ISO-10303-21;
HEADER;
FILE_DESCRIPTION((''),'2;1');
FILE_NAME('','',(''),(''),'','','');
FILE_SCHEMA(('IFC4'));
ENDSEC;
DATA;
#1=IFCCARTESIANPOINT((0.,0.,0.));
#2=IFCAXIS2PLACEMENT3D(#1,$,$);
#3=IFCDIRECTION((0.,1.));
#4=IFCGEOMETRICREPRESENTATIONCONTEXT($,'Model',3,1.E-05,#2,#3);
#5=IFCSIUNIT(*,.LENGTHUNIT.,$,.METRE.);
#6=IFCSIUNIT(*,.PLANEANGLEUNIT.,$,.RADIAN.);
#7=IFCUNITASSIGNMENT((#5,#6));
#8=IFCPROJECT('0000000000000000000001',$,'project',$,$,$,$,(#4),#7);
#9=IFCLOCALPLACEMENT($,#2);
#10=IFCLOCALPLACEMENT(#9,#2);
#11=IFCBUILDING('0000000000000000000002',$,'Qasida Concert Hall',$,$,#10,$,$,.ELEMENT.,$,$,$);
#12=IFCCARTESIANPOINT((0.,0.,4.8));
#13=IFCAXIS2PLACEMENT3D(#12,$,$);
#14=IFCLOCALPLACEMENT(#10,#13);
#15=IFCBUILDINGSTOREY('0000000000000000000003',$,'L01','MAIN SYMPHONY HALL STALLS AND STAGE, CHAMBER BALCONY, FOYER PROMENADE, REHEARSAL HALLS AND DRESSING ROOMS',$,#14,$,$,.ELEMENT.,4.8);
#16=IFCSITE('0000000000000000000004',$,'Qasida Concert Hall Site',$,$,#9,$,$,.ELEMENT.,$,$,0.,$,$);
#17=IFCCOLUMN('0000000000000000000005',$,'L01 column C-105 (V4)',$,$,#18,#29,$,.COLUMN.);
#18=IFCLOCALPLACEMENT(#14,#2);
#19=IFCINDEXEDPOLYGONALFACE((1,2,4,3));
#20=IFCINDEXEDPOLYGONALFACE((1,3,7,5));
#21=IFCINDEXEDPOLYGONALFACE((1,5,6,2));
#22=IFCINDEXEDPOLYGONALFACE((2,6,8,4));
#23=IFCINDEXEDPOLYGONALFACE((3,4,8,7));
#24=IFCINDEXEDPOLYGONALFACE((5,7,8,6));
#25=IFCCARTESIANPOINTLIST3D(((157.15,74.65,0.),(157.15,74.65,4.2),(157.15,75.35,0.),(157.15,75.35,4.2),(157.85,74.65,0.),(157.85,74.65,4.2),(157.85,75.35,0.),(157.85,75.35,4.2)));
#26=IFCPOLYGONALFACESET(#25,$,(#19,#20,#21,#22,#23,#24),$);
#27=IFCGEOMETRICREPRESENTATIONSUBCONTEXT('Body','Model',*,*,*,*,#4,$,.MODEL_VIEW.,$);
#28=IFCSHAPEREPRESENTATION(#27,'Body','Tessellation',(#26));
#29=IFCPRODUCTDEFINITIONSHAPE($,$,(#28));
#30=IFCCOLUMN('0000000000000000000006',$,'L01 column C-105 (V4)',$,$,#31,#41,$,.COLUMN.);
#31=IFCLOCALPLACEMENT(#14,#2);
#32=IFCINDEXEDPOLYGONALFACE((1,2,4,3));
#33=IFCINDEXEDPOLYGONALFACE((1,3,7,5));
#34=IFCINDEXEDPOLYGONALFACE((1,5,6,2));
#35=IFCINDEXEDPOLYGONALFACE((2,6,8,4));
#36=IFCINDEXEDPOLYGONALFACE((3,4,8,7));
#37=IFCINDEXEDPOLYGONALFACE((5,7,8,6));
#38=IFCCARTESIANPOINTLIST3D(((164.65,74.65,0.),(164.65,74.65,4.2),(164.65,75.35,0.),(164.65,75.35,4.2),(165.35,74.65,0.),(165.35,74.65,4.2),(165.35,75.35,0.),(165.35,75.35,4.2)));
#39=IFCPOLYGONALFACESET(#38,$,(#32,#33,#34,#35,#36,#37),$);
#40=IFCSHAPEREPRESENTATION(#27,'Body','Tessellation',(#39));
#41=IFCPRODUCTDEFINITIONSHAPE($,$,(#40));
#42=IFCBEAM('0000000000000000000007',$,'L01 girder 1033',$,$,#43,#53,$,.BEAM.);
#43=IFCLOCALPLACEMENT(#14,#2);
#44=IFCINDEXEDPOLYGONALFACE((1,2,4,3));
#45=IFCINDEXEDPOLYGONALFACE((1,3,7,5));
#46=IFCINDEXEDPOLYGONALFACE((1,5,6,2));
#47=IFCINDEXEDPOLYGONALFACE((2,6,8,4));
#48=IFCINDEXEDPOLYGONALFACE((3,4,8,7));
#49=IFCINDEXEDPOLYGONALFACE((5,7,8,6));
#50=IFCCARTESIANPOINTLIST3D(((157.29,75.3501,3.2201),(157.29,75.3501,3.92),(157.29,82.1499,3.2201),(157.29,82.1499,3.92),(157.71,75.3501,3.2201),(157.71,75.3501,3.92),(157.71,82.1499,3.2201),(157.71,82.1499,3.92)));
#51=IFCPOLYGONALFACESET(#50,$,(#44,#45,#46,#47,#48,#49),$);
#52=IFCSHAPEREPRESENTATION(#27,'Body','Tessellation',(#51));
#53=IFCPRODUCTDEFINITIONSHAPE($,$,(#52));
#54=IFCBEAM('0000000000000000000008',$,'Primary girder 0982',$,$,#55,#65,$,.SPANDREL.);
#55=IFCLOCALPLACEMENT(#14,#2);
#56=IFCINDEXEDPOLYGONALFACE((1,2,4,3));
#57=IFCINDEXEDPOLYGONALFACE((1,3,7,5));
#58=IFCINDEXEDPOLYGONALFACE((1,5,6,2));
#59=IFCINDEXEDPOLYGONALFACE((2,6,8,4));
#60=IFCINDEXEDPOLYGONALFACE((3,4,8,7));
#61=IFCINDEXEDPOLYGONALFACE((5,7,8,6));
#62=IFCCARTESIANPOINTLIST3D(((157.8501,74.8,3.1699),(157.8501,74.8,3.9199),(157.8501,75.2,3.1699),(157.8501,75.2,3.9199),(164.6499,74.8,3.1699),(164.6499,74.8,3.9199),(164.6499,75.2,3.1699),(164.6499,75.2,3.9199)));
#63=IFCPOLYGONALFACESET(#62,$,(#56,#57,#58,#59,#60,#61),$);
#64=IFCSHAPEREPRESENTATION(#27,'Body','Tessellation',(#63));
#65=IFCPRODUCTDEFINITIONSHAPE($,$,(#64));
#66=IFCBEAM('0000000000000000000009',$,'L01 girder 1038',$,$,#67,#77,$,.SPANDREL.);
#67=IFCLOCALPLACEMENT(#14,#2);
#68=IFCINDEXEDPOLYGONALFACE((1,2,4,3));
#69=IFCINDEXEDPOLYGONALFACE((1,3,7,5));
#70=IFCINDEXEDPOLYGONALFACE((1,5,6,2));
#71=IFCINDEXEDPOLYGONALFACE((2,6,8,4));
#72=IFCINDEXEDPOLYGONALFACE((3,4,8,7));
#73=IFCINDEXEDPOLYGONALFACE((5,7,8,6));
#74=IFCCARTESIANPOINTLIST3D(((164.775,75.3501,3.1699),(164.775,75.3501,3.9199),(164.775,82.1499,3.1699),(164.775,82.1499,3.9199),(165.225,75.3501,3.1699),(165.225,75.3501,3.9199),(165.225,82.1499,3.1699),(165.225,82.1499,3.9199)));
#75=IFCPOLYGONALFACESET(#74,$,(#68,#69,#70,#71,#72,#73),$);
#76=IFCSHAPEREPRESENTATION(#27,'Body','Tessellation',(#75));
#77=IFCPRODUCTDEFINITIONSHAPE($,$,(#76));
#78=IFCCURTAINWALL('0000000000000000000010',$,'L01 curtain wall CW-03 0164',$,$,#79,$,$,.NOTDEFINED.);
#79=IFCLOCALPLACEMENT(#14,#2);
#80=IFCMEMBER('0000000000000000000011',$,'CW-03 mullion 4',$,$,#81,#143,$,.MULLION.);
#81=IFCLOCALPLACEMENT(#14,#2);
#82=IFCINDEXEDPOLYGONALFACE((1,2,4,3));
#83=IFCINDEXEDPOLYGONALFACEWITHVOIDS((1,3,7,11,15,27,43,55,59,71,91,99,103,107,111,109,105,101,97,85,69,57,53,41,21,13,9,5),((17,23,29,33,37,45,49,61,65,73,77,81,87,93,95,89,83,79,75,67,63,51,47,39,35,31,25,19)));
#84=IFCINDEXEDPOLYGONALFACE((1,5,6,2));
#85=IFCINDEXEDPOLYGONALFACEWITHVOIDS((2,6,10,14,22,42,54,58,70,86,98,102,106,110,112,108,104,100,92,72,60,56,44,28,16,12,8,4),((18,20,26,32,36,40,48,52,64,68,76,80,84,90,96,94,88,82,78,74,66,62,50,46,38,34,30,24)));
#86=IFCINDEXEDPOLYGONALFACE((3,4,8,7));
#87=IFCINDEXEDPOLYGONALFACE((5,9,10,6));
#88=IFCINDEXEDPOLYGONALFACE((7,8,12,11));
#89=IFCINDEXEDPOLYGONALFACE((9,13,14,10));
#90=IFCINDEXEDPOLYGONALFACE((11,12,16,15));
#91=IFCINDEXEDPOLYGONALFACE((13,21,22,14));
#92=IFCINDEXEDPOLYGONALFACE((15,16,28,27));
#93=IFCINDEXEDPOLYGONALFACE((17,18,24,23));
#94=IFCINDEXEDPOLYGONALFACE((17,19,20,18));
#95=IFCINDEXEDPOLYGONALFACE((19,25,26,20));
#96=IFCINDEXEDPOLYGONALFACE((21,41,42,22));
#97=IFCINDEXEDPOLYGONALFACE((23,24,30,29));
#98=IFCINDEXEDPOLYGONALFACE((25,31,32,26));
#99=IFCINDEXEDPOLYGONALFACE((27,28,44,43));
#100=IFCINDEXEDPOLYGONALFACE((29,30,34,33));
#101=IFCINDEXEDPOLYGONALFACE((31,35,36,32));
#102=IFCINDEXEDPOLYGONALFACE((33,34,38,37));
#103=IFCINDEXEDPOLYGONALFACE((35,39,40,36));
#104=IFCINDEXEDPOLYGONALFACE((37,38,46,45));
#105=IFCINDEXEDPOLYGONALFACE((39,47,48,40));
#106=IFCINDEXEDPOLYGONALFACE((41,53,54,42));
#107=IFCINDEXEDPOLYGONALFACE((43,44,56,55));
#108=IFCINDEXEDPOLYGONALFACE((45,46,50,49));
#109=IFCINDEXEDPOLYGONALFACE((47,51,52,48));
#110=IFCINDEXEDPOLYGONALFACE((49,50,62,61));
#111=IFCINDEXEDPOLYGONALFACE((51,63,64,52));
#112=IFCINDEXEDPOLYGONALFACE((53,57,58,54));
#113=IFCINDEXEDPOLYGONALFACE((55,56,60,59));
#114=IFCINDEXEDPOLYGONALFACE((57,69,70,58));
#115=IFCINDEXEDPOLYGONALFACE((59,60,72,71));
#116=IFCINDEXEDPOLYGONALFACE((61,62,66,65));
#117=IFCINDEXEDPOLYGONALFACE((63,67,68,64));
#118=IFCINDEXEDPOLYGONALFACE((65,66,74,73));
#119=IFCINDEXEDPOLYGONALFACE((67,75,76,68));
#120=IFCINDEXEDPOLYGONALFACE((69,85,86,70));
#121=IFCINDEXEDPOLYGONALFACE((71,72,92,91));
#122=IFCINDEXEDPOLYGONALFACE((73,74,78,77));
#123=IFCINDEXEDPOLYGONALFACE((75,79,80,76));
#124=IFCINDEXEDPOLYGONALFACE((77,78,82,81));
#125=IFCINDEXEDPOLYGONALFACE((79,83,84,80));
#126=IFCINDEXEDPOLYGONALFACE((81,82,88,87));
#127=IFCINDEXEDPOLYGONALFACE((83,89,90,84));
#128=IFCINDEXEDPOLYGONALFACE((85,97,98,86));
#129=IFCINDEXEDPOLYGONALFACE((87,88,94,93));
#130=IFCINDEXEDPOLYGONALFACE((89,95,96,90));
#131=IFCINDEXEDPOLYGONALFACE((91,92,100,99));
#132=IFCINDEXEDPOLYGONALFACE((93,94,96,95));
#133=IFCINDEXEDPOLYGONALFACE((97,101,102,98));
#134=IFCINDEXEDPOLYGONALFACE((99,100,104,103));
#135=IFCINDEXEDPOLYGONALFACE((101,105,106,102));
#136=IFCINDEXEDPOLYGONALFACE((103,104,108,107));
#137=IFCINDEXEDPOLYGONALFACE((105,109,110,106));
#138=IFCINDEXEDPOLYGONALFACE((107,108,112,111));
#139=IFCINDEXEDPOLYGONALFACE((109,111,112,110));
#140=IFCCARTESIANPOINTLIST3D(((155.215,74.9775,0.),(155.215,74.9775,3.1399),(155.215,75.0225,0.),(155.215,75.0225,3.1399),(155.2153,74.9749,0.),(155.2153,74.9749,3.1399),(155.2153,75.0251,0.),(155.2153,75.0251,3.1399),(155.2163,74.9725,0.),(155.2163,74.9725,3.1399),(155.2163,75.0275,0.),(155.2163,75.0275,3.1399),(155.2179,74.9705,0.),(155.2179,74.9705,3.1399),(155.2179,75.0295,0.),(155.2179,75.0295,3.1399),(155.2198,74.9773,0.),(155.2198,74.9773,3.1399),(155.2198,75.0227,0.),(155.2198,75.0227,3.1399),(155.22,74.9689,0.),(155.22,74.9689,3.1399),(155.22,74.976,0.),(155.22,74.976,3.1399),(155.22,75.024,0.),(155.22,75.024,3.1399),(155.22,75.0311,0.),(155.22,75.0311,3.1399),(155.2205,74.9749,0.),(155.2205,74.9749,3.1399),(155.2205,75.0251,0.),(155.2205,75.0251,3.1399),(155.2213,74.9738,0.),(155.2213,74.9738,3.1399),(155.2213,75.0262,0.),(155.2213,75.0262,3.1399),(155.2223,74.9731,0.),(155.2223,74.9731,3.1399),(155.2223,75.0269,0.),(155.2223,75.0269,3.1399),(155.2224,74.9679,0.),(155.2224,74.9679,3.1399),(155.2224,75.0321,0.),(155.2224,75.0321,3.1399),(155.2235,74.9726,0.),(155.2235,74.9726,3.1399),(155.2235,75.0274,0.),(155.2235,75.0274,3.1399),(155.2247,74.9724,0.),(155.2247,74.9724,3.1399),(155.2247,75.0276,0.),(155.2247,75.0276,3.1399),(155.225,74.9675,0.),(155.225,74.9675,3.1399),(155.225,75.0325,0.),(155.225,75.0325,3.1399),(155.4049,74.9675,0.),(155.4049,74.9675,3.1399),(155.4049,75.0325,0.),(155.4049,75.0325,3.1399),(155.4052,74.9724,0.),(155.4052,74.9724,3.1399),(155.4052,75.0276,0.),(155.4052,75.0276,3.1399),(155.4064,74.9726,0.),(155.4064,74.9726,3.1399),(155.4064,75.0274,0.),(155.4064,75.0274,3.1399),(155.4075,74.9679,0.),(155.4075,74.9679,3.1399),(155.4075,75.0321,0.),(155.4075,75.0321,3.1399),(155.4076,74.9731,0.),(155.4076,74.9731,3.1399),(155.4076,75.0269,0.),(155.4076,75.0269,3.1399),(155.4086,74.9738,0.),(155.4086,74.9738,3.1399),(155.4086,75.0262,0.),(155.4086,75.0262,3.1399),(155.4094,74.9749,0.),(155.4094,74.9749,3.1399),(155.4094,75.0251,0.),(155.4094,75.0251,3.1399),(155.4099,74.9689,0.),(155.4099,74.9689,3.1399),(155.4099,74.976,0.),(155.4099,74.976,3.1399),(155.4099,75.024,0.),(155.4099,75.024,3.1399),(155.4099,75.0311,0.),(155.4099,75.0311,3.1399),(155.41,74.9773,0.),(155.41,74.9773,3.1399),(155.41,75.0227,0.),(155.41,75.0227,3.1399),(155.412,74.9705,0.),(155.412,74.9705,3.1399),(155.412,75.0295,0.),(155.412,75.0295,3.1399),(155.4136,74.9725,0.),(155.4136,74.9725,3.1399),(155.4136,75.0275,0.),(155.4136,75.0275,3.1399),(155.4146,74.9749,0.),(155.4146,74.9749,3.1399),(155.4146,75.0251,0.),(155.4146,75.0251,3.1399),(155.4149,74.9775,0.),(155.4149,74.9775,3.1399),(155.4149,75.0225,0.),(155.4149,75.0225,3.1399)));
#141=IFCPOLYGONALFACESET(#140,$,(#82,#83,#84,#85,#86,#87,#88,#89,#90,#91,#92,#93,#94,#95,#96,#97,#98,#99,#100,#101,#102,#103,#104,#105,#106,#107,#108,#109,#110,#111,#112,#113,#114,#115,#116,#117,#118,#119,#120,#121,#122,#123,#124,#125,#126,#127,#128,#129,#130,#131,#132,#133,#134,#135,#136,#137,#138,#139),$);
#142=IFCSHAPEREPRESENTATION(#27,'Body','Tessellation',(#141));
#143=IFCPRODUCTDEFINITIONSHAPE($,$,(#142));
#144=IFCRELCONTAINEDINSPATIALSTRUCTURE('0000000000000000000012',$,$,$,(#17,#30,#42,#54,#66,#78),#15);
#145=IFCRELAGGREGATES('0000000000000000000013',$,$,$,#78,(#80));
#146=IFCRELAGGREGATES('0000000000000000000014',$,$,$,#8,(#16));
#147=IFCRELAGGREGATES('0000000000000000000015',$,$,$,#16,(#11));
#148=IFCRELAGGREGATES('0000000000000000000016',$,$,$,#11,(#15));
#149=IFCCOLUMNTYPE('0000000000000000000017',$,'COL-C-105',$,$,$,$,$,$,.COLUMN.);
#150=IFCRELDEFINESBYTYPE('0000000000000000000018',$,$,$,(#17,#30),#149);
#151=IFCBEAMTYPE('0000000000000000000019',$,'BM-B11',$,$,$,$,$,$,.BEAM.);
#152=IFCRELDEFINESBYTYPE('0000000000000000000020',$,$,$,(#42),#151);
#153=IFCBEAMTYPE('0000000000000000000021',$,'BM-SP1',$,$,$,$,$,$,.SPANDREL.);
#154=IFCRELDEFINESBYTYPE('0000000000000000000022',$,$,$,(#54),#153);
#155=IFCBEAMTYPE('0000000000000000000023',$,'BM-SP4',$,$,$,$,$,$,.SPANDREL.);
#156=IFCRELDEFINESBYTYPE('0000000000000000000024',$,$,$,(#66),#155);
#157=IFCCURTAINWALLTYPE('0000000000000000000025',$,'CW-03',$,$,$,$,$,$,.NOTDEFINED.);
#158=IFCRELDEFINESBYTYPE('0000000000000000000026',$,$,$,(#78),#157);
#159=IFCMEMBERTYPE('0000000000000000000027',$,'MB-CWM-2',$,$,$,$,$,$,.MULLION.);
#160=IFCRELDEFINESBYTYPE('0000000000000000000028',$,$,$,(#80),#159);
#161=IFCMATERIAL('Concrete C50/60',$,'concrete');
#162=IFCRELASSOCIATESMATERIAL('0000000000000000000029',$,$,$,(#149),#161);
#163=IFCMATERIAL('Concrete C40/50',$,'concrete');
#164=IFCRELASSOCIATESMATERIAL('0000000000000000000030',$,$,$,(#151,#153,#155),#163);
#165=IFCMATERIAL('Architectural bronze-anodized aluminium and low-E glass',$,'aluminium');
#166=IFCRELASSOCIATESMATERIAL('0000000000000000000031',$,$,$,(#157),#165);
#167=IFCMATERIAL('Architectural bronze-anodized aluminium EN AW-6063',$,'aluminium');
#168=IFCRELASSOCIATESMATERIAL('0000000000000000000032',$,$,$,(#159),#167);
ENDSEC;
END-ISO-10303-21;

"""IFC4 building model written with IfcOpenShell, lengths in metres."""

from ifc_helpers import new_model, si_unit, direction, frame, origin, origin_2d, place, context, subcontext, project, spatial, rectangle, hollow_rectangle, extrude, material, material_profile, profile_set, type_object, element, aggregate, save


model = new_model("IFC4")

# Units and contexts
model_context = context("Model", 3, precision=1e-05, world=origin(), true_north=direction((0.0, 1.0)))
body_context = subcontext(model_context, "Body", "Model", "MODEL_VIEW")
ifc_project = project(units=[si_unit("LENGTHUNIT", "METRE"), si_unit("PLANEANGLEUNIT", "RADIAN")], contexts=[model_context])

# Site, building, storey
site_placement = place(None, origin())
site = spatial("IfcSite", under=ifc_project, at=site_placement, Name="Qasida Concert Hall Site", CompositionType="ELEMENT", RefElevation=0.0)
building_placement = place(site_placement, origin())
building = spatial("IfcBuilding", under=site, at=building_placement, Name="Qasida Concert Hall", CompositionType="ELEMENT")
storey_placement = place(building_placement, frame((0.0, 0.0, 4.8)))
storey = spatial("IfcBuildingStorey", under=building, at=storey_placement, Name="L01", Description="MAIN SYMPHONY HALL STALLS AND STAGE, CHAMBER BALCONY, FOYER PROMENADE, REHEARSAL HALLS AND DRESSING ROOMS", CompositionType="ELEMENT", Elevation=4.8)

# Columns
ifc_material_1 = material(Name="Concrete C50/60", Category="concrete")
ifc_material_profile_1 = material_profile(ifc_material_1, rectangle(XDim=0.7, YDim=0.7, at=origin_2d()), Name="RC 700x700")
ifc_profile_set_1 = profile_set([ifc_material_profile_1], Name="Concrete C50/60")
column_type = type_object("IfcColumnType", Name="COL-C-105", PredefinedType="COLUMN", material=ifc_profile_set_1)
for number, where, z_axis, x_axis, name in (
    (1, (157.5, 75.0, 0.0), (0.0, 0.0, 1.0), (1.0, 0.0, 0.0), "L01 column C-105 (V4)"),
    (2, (165.0, 75.0, 0.0), (0.0, 0.0, 1.0), (1.0, 0.0, 0.0), "L01 column C-105 (V4)"),
):
    element("IfcColumn", number, at=place(storey_placement, frame(where, z_axis=z_axis, x_axis=x_axis)), inside=storey, type_object=column_type, Name=name, PredefinedType="COLUMN", context=body_context, shape_type="SweptSolid", body=[
        extrude(rectangle(XDim=0.7, YDim=0.7, at=origin_2d()), origin(), (0.0, 0.0, 1.0), 4.2),
    ])

# Beams
ifc_material_2 = material(Name="Concrete C40/50", Category="concrete")
ifc_material_profile_2 = material_profile(ifc_material_2, rectangle(XDim=0.4199, YDim=0.7, at=origin_2d()), Name="RC 420x700")
ifc_profile_set_2 = profile_set([ifc_material_profile_2], Name="Concrete C40/50")
beam_type_1 = type_object("IfcBeamType", Name="BM-B11", PredefinedType="BEAM", material=ifc_profile_set_2)
beam_1_placement = place(storey_placement, frame((157.5, 75.3501, 3.5701), z_axis=(0.0, 1.0, 0.0), x_axis=(-1.0, 0.0, 0.0)))
element("IfcBeam", 3, at=beam_1_placement, inside=storey, type_object=beam_type_1, Name="L01 girder 1033", PredefinedType="BEAM", context=body_context, shape_type="SweptSolid", body=[
    extrude(rectangle(XDim=0.4199, YDim=0.7, at=origin_2d()), origin(), (0.0, 0.0, 1.0), 6.7998),
])
ifc_material_profile_3 = material_profile(ifc_material_2, rectangle(XDim=0.3999, YDim=0.75, at=origin_2d()), Name="RC 400x750")
ifc_profile_set_3 = profile_set([ifc_material_profile_3], Name="Concrete C40/50")
beam_type_2 = type_object("IfcBeamType", Name="BM-SP1", PredefinedType="SPANDREL", material=ifc_profile_set_3)
beam_2_placement = place(storey_placement, frame((157.8501, 75.0, 3.5449), z_axis=(1.0, 0.0, 0.0), x_axis=(0.0, 1.0, 0.0)))
element("IfcBeam", 4, at=beam_2_placement, inside=storey, type_object=beam_type_2, Name="Primary girder 0982", PredefinedType="SPANDREL", context=body_context, shape_type="SweptSolid", body=[
    extrude(rectangle(XDim=0.3999, YDim=0.75, at=origin_2d()), origin(), (0.0, 0.0, 1.0), 6.7998),
])
ifc_material_profile_4 = material_profile(ifc_material_2, rectangle(XDim=0.45, YDim=0.75, at=origin_2d()), Name="RC 450x750")
ifc_profile_set_4 = profile_set([ifc_material_profile_4], Name="Concrete C40/50")
beam_type_3 = type_object("IfcBeamType", Name="BM-SP4", PredefinedType="SPANDREL", material=ifc_profile_set_4)
beam_3_placement = place(storey_placement, frame((165.0, 75.3501, 3.5449), z_axis=(0.0, 1.0, 0.0), x_axis=(-1.0, 0.0, 0.0)))
element("IfcBeam", 5, at=beam_3_placement, inside=storey, type_object=beam_type_3, Name="L01 girder 1038", PredefinedType="SPANDREL", context=body_context, shape_type="SweptSolid", body=[
    extrude(rectangle(XDim=0.45, YDim=0.75, at=origin_2d()), origin(), (0.0, 0.0, 1.0), 6.7998),
])

# Curtain wall, member
ifc_material_3 = material(Name="Architectural bronze-anodized aluminium and low-E glass", Category="aluminium")
curtain_wall_type = type_object("IfcCurtainWallType", Name="CW-03", PredefinedType="NOTDEFINED", material=ifc_material_3)
curtain_wall_placement = place(storey_placement, origin())
curtain_wall = element("IfcCurtainWall", 6, at=curtain_wall_placement, inside=storey, type_object=curtain_wall_type, Name="L01 curtain wall CW-03 0164", PredefinedType="NOTDEFINED")
ifc_material_4 = material(Name="Architectural bronze-anodized aluminium EN AW-6063", Category="aluminium")
ifc_material_profile_5 = material_profile(ifc_material_4, hollow_rectangle(XDim=0.0649, YDim=0.2, WallThickness=0.0049, InnerFilletRadius=0.0049, OuterFilletRadius=0.01, at=origin_2d()), Name="CWM 200x65x5")
ifc_profile_set_5 = profile_set([ifc_material_profile_5], Name="Architectural bronze-anodized aluminium EN AW-6063")
member_type_1 = type_object("IfcMemberType", Name="MB-CWM-2", PredefinedType="MULLION", material=ifc_profile_set_5)
member_1_placement = place(storey_placement, frame((155.3149, 75.0, 0.0), z_axis=(0.0, 0.0, 1.0), x_axis=(0.0, 1.0, 0.0)))
member_1 = element("IfcMember", 7, at=member_1_placement, type_object=member_type_1, Name="CW-03 mullion 4", PredefinedType="MULLION", context=body_context, shape_type="SweptSolid", body=[
    extrude(hollow_rectangle(XDim=0.0649, YDim=0.2, WallThickness=0.0049, InnerFilletRadius=0.0049, OuterFilletRadius=0.01, at=origin_2d()), origin(), (0.0, 0.0, 1.0), 3.1399),
])
aggregate(curtain_wall, [member_1])

save(model, "model.ifc")
